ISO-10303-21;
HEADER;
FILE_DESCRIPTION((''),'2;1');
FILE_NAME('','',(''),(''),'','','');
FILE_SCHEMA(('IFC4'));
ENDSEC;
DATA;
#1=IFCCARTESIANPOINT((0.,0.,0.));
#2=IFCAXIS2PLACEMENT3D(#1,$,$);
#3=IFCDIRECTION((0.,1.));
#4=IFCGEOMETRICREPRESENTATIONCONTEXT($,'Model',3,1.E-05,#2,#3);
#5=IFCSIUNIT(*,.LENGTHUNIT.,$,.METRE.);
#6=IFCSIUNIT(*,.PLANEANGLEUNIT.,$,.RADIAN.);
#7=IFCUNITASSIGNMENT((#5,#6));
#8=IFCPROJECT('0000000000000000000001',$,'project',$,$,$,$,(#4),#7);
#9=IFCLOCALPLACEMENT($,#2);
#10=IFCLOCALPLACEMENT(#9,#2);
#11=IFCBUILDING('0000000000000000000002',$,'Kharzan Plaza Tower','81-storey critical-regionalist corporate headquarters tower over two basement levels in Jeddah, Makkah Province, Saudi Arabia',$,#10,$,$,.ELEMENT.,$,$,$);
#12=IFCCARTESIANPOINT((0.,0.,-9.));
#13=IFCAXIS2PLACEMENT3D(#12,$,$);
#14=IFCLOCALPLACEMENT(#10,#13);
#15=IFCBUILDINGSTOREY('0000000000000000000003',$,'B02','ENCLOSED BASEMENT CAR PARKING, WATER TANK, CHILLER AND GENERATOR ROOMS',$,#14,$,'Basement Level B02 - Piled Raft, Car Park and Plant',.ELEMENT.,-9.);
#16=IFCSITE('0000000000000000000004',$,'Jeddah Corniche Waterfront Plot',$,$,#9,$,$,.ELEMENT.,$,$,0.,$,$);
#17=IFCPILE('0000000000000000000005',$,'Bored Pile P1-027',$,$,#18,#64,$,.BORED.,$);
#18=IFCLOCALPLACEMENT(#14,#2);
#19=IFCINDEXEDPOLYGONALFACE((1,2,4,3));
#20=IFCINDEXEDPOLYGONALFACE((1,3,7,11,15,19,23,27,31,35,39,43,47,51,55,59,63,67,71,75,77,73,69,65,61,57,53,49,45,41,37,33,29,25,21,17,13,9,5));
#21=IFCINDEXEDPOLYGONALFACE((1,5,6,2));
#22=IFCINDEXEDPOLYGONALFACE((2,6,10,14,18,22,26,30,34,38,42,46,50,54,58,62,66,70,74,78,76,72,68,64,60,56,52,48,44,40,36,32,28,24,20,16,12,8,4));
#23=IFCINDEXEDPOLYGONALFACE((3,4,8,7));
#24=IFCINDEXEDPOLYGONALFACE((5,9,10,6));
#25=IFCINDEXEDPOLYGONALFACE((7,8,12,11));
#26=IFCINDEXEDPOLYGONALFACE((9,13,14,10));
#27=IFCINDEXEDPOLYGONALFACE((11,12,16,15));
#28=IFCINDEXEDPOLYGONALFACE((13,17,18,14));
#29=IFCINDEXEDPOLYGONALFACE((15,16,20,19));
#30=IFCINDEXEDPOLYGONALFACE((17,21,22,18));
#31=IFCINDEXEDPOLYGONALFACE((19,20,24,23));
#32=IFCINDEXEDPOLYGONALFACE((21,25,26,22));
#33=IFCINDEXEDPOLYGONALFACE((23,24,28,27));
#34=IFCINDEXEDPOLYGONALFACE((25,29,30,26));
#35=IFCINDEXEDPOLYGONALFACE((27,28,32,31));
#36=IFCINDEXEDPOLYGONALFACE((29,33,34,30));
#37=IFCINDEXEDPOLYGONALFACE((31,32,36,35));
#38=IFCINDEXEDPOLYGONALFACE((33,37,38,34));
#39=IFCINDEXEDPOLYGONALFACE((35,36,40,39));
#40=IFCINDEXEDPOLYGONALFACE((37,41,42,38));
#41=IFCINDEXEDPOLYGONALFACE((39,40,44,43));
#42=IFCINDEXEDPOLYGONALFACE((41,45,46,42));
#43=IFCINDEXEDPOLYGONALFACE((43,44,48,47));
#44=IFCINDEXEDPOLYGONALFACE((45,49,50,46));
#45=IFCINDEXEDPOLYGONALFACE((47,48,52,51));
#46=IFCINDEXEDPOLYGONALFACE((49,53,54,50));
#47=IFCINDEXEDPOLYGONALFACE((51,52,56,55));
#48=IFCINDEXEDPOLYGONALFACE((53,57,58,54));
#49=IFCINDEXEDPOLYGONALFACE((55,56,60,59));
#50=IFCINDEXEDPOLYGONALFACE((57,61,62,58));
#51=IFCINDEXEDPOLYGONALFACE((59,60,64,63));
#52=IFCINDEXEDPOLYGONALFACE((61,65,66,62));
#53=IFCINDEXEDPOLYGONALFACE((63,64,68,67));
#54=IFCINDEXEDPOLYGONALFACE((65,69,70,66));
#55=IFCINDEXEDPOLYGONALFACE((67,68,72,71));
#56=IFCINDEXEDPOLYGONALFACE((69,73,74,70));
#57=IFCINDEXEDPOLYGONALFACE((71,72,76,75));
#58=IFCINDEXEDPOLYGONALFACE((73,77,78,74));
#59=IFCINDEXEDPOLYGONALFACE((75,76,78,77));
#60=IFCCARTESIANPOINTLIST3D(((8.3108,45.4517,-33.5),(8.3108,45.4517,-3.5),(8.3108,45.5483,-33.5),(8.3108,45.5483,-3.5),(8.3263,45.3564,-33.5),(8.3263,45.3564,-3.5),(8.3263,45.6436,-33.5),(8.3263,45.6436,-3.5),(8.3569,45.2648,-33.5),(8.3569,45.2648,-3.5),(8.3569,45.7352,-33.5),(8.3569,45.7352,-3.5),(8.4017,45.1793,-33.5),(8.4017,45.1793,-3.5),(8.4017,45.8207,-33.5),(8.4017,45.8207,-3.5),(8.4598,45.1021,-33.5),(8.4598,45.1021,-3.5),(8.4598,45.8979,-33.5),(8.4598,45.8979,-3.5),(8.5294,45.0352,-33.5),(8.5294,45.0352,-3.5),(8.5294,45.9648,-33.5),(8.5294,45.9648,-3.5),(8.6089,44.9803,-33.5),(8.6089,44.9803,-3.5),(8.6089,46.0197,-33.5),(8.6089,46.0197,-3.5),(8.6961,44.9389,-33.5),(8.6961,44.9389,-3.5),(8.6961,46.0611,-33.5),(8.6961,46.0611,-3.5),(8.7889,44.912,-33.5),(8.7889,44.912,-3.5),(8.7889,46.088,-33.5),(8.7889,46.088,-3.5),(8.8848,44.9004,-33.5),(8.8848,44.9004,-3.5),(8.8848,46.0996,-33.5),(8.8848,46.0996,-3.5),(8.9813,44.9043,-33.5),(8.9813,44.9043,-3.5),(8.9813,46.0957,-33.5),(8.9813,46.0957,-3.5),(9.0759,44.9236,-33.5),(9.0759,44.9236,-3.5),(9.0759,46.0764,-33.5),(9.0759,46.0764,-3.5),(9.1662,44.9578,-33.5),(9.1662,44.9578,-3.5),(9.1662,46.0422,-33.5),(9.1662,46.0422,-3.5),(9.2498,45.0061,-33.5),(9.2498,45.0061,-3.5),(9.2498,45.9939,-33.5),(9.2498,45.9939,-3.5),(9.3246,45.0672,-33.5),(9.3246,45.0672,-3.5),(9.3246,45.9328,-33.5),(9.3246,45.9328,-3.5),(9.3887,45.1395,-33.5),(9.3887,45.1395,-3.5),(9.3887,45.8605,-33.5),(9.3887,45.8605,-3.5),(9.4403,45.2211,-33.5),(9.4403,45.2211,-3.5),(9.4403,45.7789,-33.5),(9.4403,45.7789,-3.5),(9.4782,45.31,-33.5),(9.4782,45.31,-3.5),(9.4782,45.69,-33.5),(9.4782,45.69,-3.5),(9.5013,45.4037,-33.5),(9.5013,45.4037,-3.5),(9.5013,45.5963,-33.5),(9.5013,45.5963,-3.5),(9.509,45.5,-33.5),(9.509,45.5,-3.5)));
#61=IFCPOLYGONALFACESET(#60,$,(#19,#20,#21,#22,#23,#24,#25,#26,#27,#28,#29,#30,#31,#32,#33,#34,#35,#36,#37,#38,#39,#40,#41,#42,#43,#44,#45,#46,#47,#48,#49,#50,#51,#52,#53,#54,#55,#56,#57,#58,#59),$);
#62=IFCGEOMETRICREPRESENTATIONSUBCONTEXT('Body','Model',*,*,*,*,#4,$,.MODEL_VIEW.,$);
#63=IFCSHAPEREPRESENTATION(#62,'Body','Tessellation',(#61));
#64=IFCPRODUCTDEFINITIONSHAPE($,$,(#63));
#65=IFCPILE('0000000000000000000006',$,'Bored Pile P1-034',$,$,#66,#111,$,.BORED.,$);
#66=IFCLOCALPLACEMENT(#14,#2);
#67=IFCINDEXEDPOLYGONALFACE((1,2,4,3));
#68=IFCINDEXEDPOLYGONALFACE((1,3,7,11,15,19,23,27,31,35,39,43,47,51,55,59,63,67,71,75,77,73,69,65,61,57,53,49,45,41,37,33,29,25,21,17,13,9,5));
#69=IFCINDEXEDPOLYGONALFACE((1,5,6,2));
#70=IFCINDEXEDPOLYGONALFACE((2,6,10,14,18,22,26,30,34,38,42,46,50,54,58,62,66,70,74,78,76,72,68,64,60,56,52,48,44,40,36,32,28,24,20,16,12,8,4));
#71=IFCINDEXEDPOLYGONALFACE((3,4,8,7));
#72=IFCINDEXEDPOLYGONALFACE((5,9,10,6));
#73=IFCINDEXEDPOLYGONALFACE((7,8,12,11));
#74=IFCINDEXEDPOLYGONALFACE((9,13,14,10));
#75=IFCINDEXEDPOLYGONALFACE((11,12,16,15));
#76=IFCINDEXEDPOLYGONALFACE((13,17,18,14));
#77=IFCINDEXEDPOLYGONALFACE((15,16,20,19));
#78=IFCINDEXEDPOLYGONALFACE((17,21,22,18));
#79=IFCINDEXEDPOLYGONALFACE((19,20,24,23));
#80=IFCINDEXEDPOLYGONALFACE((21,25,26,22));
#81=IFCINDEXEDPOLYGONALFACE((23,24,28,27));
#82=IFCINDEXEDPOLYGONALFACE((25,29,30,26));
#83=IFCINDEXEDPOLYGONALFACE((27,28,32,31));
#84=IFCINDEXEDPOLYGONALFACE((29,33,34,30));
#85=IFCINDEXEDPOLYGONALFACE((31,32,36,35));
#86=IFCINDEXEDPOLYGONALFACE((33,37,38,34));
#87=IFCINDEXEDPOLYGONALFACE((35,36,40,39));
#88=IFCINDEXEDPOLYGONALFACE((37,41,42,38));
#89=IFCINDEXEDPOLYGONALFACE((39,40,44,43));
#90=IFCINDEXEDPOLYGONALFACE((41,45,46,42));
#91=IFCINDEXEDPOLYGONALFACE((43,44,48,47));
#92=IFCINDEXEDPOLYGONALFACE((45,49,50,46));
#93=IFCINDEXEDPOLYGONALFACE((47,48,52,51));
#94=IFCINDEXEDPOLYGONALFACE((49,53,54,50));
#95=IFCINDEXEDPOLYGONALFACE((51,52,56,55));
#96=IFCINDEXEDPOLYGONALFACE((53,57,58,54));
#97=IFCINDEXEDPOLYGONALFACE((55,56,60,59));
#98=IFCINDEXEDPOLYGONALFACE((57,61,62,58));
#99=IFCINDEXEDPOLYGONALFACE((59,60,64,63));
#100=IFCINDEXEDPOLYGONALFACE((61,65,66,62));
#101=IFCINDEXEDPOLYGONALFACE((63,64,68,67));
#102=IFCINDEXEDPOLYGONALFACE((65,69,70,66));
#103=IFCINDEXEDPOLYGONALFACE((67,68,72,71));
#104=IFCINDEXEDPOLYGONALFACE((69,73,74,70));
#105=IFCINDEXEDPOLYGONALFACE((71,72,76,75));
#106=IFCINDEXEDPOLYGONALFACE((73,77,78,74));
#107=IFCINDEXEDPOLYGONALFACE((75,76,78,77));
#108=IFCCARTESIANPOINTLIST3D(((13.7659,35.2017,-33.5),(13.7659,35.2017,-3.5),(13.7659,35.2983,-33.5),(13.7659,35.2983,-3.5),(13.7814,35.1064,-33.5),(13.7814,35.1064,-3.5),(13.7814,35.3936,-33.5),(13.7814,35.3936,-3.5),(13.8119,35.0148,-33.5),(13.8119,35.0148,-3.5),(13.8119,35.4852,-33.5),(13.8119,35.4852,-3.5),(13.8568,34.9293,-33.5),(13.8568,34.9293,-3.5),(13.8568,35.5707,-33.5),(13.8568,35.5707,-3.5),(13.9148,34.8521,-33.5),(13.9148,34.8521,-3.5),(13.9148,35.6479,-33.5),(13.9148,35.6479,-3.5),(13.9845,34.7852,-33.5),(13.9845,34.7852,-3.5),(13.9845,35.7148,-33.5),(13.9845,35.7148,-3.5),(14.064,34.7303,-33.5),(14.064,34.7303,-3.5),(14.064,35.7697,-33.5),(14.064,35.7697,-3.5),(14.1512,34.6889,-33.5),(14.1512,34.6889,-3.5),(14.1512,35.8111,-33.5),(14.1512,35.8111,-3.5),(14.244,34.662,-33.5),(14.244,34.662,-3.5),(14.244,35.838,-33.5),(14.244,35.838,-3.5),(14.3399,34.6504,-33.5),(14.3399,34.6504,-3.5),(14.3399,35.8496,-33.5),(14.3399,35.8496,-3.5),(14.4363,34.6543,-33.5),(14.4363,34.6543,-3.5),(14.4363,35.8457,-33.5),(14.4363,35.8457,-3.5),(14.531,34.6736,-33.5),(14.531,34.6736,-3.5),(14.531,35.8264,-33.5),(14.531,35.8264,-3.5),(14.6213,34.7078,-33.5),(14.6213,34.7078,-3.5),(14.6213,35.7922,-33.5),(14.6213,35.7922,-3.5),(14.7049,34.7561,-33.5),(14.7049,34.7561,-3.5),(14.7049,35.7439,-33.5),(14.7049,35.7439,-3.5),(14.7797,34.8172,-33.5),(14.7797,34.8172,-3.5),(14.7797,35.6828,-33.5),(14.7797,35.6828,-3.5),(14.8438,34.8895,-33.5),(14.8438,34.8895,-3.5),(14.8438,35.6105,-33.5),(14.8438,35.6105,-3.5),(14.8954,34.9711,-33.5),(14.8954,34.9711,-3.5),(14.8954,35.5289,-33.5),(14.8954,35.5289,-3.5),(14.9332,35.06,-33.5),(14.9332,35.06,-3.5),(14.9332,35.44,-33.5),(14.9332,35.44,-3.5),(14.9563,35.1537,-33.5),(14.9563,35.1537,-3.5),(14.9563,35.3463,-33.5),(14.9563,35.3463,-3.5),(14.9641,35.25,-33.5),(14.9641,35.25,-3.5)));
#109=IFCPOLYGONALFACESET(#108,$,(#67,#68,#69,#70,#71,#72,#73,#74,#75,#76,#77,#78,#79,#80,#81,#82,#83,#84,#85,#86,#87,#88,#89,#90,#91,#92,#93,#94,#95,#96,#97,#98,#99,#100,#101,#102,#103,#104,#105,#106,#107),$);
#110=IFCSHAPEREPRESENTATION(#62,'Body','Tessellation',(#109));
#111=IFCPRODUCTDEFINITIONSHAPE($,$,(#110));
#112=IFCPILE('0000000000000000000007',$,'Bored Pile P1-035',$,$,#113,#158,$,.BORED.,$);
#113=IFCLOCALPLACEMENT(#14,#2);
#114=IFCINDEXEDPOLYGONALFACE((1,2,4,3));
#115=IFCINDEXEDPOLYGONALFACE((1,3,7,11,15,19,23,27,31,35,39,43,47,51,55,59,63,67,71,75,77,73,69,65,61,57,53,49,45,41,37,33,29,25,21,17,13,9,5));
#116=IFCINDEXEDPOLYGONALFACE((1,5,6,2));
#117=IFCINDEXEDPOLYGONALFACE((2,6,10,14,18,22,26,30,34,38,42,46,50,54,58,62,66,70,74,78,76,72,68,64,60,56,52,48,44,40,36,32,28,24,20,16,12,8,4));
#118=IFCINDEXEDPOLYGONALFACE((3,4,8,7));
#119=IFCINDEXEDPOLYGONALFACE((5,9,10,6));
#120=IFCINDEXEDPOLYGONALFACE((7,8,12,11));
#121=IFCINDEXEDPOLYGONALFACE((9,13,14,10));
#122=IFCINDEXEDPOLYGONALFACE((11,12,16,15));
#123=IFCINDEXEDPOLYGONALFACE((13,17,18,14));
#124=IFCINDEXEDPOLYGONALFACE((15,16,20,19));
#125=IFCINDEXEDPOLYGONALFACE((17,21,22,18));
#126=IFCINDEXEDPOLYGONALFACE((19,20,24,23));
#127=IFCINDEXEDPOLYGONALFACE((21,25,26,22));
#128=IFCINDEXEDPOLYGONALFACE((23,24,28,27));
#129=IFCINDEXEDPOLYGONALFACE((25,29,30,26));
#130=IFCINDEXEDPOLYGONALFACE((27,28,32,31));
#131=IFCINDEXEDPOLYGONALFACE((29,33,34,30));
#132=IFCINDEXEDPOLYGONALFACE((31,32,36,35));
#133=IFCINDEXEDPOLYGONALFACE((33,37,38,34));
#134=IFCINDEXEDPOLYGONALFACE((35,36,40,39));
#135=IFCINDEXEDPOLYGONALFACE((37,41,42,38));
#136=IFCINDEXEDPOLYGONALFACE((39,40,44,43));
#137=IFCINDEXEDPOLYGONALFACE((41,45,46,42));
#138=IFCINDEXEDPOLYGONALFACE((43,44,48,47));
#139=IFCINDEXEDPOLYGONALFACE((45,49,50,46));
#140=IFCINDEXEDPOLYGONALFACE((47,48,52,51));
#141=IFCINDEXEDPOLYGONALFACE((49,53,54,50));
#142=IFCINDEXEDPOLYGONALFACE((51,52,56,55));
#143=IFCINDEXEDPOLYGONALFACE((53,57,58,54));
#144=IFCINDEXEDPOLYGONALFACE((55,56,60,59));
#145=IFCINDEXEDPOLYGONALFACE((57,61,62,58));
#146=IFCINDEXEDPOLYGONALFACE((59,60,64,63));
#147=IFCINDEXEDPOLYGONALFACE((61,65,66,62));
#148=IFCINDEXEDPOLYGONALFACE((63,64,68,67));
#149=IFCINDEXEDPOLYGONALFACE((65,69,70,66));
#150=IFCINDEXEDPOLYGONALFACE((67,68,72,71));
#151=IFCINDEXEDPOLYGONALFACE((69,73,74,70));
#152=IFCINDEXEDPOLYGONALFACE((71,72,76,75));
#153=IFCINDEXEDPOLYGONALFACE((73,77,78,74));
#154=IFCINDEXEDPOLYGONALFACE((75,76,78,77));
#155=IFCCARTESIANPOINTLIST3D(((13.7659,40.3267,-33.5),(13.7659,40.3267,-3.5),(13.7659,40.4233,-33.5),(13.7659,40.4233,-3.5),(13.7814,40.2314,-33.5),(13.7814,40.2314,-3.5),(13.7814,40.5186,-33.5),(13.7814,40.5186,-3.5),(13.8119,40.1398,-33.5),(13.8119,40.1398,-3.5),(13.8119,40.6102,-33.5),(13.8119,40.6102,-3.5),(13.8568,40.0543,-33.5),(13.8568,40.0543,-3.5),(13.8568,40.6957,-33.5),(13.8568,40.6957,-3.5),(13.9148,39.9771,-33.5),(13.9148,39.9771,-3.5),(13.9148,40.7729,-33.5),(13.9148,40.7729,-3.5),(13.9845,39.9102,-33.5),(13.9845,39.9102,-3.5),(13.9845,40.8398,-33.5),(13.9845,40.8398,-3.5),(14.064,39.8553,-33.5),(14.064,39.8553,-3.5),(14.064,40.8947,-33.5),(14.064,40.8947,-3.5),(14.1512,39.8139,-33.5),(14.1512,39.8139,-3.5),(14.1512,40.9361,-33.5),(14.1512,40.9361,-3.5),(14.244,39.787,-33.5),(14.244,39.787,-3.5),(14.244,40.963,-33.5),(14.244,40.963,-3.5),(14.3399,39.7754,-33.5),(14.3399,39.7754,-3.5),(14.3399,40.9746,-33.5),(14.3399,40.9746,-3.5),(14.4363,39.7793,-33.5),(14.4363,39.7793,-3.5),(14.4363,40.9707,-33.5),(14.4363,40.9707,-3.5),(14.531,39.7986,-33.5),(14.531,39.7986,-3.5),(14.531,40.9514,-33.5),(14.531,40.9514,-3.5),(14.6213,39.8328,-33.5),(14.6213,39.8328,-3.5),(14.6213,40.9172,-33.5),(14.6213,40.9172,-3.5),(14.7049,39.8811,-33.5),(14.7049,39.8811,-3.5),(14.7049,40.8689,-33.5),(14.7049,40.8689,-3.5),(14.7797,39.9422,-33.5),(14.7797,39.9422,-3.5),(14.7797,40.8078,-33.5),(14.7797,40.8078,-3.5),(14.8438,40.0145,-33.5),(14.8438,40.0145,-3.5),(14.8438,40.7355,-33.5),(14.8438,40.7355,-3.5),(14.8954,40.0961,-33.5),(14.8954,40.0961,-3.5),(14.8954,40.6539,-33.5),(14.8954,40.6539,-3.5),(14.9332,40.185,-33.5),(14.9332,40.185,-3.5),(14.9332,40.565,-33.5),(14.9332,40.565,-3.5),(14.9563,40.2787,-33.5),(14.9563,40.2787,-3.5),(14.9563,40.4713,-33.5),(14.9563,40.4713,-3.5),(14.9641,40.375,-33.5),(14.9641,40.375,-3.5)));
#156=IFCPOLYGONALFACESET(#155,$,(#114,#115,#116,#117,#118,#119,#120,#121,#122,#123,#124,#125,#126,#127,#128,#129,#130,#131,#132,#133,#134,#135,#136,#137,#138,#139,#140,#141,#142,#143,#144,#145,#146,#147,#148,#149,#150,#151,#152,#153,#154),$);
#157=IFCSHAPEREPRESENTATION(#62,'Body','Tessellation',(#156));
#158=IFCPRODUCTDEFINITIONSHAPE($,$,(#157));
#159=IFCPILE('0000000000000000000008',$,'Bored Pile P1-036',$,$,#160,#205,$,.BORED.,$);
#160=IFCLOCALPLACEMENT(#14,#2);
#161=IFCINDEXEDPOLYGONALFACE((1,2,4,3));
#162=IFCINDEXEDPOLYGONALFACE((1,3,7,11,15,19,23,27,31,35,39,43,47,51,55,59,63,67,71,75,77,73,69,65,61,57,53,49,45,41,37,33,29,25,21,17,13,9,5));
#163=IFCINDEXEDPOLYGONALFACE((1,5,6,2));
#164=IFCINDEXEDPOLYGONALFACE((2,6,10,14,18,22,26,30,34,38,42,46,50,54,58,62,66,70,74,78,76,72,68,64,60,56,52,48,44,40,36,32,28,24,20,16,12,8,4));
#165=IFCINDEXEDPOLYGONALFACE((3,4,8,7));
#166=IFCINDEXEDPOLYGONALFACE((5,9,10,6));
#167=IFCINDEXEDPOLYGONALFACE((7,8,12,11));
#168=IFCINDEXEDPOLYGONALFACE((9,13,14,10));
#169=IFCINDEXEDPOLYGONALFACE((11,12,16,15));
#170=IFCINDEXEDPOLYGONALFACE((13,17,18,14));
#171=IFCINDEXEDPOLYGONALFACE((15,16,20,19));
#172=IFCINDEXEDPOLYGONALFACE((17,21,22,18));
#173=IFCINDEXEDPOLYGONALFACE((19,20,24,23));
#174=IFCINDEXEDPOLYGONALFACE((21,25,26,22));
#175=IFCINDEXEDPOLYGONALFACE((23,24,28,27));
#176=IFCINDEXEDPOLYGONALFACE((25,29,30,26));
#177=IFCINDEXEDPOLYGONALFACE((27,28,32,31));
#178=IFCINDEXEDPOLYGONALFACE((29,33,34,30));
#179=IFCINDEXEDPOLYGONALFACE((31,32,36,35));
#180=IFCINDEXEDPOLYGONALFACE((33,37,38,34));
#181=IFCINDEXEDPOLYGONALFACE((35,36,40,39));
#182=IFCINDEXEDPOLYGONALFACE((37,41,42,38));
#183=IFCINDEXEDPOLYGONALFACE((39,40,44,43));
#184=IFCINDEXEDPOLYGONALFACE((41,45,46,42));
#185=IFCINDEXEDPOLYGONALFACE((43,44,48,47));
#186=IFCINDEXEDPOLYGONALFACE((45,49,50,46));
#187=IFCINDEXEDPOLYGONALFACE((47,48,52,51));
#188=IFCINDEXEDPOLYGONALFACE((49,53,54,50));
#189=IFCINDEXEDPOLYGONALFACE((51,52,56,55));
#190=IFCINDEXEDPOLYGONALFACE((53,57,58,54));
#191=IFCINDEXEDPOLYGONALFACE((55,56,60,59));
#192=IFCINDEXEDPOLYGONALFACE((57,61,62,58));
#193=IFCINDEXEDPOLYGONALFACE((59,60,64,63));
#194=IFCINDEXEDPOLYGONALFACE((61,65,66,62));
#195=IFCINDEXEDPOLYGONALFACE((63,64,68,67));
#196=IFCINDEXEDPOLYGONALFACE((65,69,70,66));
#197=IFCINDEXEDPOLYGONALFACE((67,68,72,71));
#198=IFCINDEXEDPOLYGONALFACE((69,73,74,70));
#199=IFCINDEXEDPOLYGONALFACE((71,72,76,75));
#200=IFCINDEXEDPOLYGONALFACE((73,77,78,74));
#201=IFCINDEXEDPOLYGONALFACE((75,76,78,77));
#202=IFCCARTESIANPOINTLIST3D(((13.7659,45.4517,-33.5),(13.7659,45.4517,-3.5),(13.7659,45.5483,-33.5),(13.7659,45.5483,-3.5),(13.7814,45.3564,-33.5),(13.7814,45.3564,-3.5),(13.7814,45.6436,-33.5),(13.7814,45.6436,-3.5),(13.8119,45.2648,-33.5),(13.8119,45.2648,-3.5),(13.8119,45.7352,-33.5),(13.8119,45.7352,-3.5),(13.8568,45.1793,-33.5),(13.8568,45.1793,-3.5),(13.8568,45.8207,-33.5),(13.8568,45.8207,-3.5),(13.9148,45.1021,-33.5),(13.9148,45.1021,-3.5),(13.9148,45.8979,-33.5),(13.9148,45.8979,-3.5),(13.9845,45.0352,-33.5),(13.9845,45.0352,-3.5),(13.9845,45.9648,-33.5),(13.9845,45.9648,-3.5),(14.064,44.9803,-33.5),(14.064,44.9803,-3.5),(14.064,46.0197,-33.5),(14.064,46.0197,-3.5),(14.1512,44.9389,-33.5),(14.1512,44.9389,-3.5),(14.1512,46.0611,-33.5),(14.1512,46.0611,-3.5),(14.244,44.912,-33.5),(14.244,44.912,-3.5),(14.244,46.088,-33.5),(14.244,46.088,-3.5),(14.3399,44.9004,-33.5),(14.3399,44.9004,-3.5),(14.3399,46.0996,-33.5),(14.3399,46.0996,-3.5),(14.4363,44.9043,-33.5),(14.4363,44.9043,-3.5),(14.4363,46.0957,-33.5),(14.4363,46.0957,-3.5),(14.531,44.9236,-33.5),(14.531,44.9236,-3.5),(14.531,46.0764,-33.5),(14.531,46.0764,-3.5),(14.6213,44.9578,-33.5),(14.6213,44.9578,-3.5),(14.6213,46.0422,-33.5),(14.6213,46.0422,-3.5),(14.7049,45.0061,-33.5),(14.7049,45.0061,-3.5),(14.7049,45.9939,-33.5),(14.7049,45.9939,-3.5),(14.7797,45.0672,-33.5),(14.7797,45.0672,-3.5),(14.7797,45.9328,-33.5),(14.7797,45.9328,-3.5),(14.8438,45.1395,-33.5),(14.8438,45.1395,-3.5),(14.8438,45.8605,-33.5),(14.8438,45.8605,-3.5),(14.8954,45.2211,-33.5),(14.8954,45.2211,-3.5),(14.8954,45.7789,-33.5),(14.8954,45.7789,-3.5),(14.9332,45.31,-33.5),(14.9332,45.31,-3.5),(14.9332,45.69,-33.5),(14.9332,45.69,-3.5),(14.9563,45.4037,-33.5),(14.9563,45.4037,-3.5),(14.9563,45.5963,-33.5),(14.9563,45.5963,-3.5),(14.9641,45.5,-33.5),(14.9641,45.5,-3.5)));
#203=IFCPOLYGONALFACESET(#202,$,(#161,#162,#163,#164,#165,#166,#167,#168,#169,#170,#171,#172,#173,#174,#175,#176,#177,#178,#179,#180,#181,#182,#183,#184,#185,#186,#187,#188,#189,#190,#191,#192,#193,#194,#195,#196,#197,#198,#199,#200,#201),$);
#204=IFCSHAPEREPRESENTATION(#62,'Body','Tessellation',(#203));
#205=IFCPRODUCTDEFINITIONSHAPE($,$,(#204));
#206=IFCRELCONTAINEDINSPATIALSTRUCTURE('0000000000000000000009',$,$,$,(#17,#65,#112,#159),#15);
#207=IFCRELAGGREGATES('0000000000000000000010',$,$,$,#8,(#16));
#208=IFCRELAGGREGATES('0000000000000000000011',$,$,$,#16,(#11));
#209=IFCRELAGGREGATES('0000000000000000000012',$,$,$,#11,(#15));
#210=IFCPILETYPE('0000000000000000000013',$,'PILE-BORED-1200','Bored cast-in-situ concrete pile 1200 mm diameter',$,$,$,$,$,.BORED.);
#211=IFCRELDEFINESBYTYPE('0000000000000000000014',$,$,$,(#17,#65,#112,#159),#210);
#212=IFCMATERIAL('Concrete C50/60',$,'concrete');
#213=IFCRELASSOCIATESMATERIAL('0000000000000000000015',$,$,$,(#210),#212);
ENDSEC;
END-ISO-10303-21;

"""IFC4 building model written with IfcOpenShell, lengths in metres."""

from ifc_helpers import new_model, si_unit, direction, frame, origin, origin_2d, place, context, subcontext, project, spatial, circle, extrude, source, transform, mapped, material, material_profile, profile_set, type_object, element, save


model = new_model("IFC4")

# Units and contexts
model_context = context("Model", 3, precision=1e-05, world=origin(), true_north=direction((0.0, 1.0)))
body_context = subcontext(model_context, "Body", "Model", "MODEL_VIEW")
ifc_project = project(units=[si_unit("LENGTHUNIT", "METRE"), si_unit("PLANEANGLEUNIT", "RADIAN")], contexts=[model_context])

# Site, building, storey
site_placement = place(None, origin())
site = spatial("IfcSite", under=ifc_project, at=site_placement, Name="Jeddah Corniche Waterfront Plot", CompositionType="ELEMENT", RefElevation=0.0)
building_placement = place(site_placement, origin())
building = spatial("IfcBuilding", under=site, at=building_placement, Name="Kharzan Plaza Tower", Description="81-storey critical-regionalist corporate headquarters tower over two basement levels in Jeddah, Makkah Province, Saudi Arabia", CompositionType="ELEMENT")
storey_placement = place(building_placement, frame((0.0, 0.0, -9.0)))
storey = spatial("IfcBuildingStorey", under=building, at=storey_placement, Name="B02", Description="ENCLOSED BASEMENT CAR PARKING, WATER TANK, CHILLER AND GENERATOR ROOMS", LongName="Basement Level B02 - Piled Raft, Car Park and Plant", CompositionType="ELEMENT", Elevation=-9.0)

# Piles
ifc_material_1 = material(Name="Concrete C50/60", Category="concrete")
ifc_material_profile_1 = material_profile(ifc_material_1, circle(Radius=0.6001, at=origin_2d()), Name="PILE-D1200")
ifc_profile_set_1 = profile_set([ifc_material_profile_1], Name="Concrete C50/60")
pile_type = type_object("IfcPileType", Name="PILE-BORED-1200", Description="Bored cast-in-situ concrete pile 1200 mm diameter", PredefinedType="BORED", material=ifc_profile_set_1)
shared_shape_1 = source(origin(), body_context, "Body", "SweptSolid", [
    extrude(circle(Radius=0.6001, at=origin_2d()), origin(), (0.0, 0.0, 1.0), 30.0),
])
for number, where, z_axis, x_axis, name in (
    (1, (8.9089, 45.5, -3.5), (0.0, 0.0, -1.0), (1.0, 0.0, 0.0), "Bored Pile P1-027"),
    (2, (14.364, 35.25, -3.5), (0.0, 0.0, -1.0), (1.0, 0.0, 0.0), "Bored Pile P1-034"),
    (3, (14.364, 40.375, -3.5), (0.0, 0.0, -1.0), (1.0, 0.0, 0.0), "Bored Pile P1-035"),
    (4, (14.364, 45.5, -3.5), (0.0, 0.0, -1.0), (1.0, 0.0, 0.0), "Bored Pile P1-036"),
):
    element("IfcPile", number, at=place(storey_placement, frame(where, z_axis=z_axis, x_axis=x_axis)), inside=storey, type_object=pile_type, Name=name, PredefinedType="BORED", context=body_context, shape_type="MappedRepresentation", body=[
        mapped(shared_shape_1, transform((0.0, 0.0, 0.0), x_axis=(1.0, 0.0, 0.0), y_axis=(0.0, 1.0, 0.0), z_axis=(0.0, 0.0, 1.0))),
    ])

save(model, "model.ifc")
